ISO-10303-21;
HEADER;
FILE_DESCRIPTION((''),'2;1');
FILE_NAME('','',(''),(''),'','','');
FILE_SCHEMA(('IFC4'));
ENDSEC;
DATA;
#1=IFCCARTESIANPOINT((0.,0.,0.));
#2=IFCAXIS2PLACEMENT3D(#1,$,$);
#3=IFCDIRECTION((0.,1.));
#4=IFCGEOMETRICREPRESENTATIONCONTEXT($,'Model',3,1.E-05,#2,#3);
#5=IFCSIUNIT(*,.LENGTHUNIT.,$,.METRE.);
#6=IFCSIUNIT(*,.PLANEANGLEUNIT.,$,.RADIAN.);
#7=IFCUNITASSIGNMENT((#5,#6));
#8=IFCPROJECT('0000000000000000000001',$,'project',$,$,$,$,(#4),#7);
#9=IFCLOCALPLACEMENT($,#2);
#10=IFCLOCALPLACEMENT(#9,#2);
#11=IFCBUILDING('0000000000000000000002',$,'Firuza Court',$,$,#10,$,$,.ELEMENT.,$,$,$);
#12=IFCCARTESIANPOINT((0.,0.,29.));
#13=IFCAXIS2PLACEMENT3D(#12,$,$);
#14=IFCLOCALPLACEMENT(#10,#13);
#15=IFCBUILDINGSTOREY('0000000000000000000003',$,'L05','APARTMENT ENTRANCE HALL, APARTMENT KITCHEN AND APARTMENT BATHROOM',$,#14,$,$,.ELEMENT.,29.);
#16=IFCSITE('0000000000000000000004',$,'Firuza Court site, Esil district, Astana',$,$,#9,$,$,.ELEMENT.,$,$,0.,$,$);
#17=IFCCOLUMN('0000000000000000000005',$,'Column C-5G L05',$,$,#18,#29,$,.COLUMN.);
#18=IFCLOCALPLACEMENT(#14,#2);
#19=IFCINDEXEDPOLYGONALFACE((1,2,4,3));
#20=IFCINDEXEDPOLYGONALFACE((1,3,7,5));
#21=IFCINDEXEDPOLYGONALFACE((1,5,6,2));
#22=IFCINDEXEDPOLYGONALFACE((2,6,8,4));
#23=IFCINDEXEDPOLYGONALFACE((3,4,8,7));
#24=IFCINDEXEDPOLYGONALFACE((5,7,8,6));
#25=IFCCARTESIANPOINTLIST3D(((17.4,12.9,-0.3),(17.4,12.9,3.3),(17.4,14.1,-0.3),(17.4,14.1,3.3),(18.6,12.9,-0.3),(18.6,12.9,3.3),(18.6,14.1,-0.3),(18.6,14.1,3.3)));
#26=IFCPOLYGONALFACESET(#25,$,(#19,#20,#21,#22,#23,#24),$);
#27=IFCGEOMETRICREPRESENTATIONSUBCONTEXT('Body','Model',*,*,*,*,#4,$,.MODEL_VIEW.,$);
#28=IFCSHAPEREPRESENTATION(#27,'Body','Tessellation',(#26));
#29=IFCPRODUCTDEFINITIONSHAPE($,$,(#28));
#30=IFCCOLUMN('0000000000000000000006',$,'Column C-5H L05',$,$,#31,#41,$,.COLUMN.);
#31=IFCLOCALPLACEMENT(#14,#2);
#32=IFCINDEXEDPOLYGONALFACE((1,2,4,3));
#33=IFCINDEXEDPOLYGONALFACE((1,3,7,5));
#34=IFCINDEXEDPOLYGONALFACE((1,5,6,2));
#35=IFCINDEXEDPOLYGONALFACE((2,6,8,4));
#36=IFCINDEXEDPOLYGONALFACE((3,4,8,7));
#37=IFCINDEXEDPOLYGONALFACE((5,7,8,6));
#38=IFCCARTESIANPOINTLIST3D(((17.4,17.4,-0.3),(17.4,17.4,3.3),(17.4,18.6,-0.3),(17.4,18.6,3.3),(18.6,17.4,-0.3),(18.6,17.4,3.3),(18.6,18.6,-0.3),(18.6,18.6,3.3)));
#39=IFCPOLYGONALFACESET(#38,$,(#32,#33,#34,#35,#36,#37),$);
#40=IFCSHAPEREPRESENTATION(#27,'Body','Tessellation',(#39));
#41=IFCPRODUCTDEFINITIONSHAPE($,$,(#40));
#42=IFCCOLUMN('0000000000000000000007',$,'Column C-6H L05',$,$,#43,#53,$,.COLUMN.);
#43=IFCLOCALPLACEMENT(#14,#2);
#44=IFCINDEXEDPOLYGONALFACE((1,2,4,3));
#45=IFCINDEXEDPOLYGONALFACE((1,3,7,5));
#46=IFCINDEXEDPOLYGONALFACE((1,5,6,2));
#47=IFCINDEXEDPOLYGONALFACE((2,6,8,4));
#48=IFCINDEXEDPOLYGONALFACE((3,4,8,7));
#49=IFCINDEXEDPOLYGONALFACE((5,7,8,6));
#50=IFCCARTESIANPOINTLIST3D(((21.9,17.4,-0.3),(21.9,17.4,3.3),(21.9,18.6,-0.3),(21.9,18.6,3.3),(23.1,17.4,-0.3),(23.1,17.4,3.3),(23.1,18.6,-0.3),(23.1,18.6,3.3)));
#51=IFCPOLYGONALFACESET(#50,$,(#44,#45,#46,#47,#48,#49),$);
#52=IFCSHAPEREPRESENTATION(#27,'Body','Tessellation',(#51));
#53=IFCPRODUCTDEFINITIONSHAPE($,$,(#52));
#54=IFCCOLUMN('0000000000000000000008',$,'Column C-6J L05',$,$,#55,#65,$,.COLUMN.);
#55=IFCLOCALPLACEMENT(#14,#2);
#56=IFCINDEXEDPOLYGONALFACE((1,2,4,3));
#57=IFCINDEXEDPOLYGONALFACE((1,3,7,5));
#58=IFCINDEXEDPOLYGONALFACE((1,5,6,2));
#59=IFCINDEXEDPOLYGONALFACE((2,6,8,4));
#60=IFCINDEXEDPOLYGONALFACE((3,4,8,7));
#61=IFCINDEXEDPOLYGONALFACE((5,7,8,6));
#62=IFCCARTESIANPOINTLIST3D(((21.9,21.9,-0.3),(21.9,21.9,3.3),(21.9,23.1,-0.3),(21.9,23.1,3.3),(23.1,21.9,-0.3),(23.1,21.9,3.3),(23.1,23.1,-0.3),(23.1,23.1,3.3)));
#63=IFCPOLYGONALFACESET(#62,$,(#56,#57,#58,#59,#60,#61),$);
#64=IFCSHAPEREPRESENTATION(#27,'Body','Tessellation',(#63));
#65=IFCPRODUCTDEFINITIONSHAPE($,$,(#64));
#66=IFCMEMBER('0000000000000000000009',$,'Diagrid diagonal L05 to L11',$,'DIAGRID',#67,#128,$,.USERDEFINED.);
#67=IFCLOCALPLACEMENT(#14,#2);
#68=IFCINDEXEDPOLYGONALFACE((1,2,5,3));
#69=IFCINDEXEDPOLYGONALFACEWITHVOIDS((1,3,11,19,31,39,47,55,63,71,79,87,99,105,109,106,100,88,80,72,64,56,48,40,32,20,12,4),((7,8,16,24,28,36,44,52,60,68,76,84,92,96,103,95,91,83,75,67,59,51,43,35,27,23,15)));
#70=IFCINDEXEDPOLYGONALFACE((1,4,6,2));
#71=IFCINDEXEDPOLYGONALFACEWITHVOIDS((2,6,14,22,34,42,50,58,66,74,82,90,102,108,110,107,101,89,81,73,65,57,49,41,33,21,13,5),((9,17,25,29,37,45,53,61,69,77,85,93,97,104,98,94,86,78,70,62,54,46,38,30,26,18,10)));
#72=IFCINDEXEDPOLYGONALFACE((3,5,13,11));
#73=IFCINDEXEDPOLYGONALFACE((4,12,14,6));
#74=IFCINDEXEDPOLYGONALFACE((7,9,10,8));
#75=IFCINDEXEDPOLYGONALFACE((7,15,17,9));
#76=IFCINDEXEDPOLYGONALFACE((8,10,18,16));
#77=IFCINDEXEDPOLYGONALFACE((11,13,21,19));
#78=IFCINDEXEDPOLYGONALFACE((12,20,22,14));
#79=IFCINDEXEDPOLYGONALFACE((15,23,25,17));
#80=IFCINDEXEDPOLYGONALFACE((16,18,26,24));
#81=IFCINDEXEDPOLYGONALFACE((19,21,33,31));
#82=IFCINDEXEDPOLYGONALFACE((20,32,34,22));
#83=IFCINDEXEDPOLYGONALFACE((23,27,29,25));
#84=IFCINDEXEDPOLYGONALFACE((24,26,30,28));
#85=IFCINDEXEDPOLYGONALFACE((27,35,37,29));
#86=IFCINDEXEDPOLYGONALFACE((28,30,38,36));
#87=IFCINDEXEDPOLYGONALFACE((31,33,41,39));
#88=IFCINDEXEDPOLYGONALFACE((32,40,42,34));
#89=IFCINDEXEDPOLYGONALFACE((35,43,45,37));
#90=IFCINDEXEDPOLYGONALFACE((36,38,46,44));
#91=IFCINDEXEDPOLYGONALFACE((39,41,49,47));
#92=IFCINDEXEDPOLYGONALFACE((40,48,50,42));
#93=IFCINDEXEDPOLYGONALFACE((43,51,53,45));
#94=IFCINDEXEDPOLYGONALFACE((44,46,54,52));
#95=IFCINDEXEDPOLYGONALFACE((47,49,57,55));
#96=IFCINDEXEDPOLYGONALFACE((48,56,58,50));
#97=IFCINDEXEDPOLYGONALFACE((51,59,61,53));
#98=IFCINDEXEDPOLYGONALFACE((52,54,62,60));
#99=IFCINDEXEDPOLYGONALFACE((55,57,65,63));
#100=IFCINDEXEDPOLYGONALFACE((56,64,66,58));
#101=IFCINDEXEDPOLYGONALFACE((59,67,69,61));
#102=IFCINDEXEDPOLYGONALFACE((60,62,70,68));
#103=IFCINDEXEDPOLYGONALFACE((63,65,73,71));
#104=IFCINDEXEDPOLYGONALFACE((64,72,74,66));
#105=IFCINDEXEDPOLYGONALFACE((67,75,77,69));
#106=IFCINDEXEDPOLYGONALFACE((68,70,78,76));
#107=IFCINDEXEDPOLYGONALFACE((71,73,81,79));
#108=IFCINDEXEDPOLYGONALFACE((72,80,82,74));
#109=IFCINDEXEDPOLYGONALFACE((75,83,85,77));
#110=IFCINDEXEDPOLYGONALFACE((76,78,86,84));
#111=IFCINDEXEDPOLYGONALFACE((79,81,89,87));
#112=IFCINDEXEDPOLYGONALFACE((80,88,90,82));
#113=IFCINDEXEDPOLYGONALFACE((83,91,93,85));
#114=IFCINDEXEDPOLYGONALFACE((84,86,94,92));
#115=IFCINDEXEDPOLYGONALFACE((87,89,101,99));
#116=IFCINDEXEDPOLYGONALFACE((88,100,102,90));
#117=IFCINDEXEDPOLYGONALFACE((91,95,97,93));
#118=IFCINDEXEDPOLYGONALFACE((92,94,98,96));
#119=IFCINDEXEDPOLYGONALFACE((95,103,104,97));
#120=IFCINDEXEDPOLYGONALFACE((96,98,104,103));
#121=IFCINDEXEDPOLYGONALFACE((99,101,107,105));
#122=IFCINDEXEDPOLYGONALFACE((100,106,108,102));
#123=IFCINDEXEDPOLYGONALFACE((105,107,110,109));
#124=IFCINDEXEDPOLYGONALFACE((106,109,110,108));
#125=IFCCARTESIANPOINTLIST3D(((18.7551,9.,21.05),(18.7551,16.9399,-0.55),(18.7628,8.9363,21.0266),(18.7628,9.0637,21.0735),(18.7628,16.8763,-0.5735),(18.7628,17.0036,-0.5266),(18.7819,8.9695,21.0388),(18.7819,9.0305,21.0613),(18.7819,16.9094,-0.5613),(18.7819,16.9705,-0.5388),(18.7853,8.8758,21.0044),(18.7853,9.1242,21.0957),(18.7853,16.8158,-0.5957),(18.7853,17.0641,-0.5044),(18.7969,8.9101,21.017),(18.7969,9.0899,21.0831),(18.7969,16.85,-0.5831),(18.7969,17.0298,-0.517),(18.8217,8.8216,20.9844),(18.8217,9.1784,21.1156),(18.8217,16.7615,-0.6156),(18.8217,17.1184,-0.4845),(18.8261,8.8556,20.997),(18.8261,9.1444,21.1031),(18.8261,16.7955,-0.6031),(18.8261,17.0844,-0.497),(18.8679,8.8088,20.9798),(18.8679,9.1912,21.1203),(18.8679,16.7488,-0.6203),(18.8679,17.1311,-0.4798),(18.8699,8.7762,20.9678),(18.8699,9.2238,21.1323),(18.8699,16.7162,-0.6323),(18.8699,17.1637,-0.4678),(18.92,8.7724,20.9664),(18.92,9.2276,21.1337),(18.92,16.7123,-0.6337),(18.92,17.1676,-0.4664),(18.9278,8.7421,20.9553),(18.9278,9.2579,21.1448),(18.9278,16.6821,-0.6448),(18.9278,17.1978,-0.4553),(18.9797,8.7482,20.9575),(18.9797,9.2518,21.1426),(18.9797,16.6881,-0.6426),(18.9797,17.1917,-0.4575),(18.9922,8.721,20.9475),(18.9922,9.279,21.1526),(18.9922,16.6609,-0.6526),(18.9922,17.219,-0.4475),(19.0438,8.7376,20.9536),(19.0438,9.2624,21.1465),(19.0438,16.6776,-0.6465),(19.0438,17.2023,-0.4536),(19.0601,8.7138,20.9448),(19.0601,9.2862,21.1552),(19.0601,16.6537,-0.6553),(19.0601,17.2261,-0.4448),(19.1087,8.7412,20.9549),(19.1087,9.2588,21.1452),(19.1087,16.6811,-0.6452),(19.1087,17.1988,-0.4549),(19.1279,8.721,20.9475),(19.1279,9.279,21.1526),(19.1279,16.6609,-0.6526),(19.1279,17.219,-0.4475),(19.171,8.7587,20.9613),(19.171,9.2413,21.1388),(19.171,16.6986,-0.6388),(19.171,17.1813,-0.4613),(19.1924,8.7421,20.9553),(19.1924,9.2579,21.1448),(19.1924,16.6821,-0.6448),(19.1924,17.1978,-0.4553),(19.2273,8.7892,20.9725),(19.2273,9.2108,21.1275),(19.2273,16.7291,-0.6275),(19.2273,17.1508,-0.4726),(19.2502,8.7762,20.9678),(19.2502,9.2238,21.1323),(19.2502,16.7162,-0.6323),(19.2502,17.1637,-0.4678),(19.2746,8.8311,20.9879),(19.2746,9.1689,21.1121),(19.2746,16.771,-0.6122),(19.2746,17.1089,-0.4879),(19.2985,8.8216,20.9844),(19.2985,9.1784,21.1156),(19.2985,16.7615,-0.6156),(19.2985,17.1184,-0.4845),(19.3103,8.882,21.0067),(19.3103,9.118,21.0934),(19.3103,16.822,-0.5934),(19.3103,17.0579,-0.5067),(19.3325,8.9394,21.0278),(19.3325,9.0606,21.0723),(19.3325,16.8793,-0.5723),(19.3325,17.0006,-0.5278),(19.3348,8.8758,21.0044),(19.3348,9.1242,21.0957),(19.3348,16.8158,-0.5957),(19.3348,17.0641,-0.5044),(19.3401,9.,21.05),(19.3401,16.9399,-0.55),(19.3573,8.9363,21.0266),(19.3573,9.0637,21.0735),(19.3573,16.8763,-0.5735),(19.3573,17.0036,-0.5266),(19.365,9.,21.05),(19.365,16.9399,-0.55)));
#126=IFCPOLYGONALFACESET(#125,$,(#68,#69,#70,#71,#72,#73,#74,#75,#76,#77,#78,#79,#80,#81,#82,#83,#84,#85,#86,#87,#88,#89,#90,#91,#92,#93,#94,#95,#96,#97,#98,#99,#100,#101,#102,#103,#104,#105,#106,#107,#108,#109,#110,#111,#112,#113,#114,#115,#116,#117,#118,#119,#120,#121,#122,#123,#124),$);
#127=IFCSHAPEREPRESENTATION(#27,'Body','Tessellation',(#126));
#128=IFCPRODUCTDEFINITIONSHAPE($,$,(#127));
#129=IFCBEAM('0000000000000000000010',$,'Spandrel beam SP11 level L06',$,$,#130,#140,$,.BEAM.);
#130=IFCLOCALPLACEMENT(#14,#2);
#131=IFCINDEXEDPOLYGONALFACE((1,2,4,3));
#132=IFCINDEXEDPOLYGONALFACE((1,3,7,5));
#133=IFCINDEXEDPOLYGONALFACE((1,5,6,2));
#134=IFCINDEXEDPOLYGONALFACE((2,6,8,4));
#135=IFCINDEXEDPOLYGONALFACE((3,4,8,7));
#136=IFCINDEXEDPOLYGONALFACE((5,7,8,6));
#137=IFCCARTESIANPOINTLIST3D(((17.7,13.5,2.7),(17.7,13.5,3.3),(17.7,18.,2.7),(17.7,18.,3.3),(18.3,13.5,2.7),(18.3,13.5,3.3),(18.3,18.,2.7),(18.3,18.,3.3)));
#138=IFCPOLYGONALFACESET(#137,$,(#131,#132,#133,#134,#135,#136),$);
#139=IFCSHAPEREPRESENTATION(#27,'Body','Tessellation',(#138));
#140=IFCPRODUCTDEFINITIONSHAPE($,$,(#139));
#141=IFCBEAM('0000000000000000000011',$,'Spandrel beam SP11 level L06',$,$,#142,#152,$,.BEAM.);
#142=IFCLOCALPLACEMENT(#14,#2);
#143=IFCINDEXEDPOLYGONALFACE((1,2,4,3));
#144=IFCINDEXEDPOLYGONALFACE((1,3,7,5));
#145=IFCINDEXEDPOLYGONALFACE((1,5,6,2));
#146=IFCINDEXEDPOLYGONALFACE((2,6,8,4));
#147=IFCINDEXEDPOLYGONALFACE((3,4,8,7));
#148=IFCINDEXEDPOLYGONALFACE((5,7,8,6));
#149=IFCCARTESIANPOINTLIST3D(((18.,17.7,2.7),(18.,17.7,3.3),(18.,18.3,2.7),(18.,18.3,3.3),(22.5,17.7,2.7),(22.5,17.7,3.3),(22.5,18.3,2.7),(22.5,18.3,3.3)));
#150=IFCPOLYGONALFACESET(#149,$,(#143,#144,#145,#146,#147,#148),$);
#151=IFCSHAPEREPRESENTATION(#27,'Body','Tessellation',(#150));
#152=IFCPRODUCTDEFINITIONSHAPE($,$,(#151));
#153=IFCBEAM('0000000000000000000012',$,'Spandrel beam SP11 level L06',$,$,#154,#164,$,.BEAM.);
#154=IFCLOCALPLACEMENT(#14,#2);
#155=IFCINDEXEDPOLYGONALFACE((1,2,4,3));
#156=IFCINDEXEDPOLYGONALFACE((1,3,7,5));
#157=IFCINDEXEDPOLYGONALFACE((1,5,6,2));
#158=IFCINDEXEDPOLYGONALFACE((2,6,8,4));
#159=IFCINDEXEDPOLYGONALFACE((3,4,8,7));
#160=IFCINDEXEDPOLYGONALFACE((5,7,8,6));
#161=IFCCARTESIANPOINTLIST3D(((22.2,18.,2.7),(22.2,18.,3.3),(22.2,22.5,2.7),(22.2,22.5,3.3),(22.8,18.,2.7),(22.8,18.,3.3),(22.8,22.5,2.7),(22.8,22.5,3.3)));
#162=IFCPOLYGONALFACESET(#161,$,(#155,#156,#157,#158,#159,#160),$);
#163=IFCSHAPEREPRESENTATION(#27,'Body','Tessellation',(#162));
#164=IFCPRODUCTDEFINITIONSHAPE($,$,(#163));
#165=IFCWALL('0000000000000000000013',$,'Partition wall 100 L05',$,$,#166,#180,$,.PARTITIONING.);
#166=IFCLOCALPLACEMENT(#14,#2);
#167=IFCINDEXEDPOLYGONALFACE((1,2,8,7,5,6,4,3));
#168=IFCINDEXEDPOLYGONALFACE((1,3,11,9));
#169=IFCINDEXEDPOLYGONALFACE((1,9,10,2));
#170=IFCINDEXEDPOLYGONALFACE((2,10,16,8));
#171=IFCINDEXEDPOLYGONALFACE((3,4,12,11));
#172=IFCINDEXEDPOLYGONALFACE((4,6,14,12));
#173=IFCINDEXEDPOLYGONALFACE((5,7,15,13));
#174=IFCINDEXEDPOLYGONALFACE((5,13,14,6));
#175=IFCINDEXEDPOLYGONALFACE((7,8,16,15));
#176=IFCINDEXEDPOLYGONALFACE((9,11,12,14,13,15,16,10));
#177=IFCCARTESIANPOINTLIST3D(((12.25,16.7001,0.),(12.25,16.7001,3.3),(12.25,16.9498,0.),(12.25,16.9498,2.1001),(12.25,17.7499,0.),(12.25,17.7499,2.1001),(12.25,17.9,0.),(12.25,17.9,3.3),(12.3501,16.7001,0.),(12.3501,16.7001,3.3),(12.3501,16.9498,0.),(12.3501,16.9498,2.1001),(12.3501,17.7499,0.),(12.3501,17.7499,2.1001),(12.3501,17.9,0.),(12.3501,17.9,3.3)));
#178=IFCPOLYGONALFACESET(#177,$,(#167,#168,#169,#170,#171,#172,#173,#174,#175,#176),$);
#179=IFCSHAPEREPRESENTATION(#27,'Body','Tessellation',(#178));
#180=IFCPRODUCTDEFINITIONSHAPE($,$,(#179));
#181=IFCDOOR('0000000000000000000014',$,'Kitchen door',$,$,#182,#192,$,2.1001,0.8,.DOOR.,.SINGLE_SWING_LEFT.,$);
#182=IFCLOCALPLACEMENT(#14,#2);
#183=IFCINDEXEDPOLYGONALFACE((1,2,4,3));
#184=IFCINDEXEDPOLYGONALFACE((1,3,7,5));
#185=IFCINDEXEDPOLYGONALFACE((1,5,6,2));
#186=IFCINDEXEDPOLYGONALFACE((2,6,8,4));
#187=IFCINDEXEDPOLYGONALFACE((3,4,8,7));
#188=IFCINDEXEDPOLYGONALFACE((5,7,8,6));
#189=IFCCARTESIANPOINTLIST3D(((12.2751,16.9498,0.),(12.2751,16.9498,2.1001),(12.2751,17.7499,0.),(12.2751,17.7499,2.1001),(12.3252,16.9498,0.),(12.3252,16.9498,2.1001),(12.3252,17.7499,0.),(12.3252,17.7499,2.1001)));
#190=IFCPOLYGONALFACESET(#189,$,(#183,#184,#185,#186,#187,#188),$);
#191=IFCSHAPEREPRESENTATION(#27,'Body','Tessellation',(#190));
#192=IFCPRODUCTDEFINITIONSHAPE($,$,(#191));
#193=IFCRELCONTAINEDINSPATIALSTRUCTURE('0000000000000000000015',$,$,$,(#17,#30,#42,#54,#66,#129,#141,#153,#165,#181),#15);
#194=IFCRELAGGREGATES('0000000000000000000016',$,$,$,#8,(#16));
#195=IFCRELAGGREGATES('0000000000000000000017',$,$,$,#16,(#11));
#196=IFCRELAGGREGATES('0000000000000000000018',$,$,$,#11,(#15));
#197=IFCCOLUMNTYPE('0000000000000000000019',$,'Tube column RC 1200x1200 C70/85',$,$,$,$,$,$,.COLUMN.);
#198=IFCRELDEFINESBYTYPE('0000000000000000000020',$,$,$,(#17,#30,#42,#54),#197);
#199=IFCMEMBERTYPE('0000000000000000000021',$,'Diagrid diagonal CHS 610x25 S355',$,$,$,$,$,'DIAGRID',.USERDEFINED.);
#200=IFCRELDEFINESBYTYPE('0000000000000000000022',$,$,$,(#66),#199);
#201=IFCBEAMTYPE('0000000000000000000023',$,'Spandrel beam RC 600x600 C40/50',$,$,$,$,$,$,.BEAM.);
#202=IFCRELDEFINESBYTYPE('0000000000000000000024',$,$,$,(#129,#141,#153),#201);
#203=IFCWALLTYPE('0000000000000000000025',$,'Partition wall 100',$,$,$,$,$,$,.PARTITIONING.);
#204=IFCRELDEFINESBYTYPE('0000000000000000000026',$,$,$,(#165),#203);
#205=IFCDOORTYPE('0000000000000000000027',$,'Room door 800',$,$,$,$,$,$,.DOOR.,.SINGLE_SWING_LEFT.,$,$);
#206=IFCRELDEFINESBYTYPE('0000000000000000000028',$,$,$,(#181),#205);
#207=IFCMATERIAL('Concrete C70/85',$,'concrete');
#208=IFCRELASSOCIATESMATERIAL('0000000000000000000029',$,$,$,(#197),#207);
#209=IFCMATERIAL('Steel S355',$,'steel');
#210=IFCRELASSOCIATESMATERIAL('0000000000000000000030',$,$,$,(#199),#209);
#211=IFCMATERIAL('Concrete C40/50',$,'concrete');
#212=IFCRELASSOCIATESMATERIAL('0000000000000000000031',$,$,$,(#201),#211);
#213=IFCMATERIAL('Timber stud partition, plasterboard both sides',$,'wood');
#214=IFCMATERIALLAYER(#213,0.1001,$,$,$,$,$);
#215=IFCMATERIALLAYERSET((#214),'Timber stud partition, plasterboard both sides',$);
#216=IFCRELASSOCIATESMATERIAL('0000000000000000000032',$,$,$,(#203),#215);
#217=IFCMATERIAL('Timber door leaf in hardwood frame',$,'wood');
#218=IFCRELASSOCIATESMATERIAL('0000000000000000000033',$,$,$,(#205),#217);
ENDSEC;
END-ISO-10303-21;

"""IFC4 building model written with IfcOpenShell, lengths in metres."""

from ifc_helpers import new_model, si_unit, direction, frame, frame_2d, origin, origin_2d, place, context, subcontext, project, spatial, rectangle, hollow_circle, extrude, material, layer, layer_set, material_profile, profile_set, type_object, element, fill, save


model = new_model("IFC4")

# Units and contexts
model_context = context("Model", 3, precision=1e-05, world=origin(), true_north=direction((0.0, 1.0)))
body_context = subcontext(model_context, "Body", "Model", "MODEL_VIEW")
ifc_project = project(units=[si_unit("LENGTHUNIT", "METRE"), si_unit("PLANEANGLEUNIT", "RADIAN")], contexts=[model_context])

# Site, building, storey
site_placement = place(None, origin())
site = spatial("IfcSite", under=ifc_project, at=site_placement, Name="Firuza Court site, Esil district, Astana", CompositionType="ELEMENT", RefElevation=0.0)
building_placement = place(site_placement, origin())
building = spatial("IfcBuilding", under=site, at=building_placement, Name="Firuza Court", CompositionType="ELEMENT")
storey_placement = place(building_placement, frame((0.0, 0.0, 29.0)))
storey = spatial("IfcBuildingStorey", under=building, at=storey_placement, Name="L05", Description="APARTMENT ENTRANCE HALL, APARTMENT KITCHEN AND APARTMENT BATHROOM", CompositionType="ELEMENT", Elevation=29.0)

# Columns
ifc_material_1 = material(Name="Concrete C70/85", Category="concrete")
ifc_material_profile_1 = material_profile(ifc_material_1, rectangle(XDim=1.2, YDim=1.2, at=origin_2d()), Name="RC 1200x1200")
ifc_profile_set_1 = profile_set([ifc_material_profile_1], Name="Concrete C70/85")
column_type = type_object("IfcColumnType", Name="Tube column RC 1200x1200 C70/85", PredefinedType="COLUMN", material=ifc_profile_set_1)
for number, where, z_axis, x_axis, name in (
    (1, (18.0, 13.5, -0.3), (0.0, 0.0, 1.0), (1.0, 0.0, 0.0), "Column C-5G L05"),
    (2, (18.0, 18.0, -0.3), (0.0, 0.0, 1.0), (1.0, 0.0, 0.0), "Column C-5H L05"),
    (3, (22.5, 18.0, -0.3), (0.0, 0.0, 1.0), (1.0, 0.0, 0.0), "Column C-6H L05"),
    (4, (22.5, 22.5, -0.3), (0.0, 0.0, 1.0), (1.0, 0.0, 0.0), "Column C-6J L05"),
):
    element("IfcColumn", number, at=place(storey_placement, frame(where, z_axis=z_axis, x_axis=x_axis)), inside=storey, type_object=column_type, Name=name, PredefinedType="COLUMN", context=body_context, shape_type="SweptSolid", body=[
        extrude(rectangle(XDim=1.2, YDim=1.2, at=origin_2d()), origin(), (0.0, 0.0, 1.0), 3.6001),
    ])

# Member
ifc_material_2 = material(Name="Steel S355", Category="steel")
ifc_material_profile_2 = material_profile(ifc_material_2, hollow_circle(Radius=0.3049, WallThickness=0.0249, at=origin_2d()), Name="CHS 610x25")
ifc_profile_set_2 = profile_set([ifc_material_profile_2], Name="Steel S355")
member_type = type_object("IfcMemberType", Name="Diagrid diagonal CHS 610x25 S355", ElementType="DIAGRID", PredefinedType="USERDEFINED", material=ifc_profile_set_2)
member_placement = place(storey_placement, frame((19.0601, 16.9399, -0.55), z_axis=(0.0, -0.345017, 0.938596), x_axis=(1.0, 0.0, 0.0)))
element("IfcMember", 5, at=member_placement, inside=storey, type_object=member_type, Name="Diagrid diagonal L05 to L11", ObjectType="DIAGRID", PredefinedType="USERDEFINED", context=body_context, shape_type="SweptSolid", body=[
    extrude(hollow_circle(Radius=0.3049, WallThickness=0.0249, at=origin_2d()), origin(), (0.0, 0.0, 1.0), 23.0132),
])

# Beams
ifc_material_3 = material(Name="Concrete C40/50", Category="concrete")
ifc_material_profile_3 = material_profile(ifc_material_3, rectangle(XDim=0.6001, YDim=0.6001, at=origin_2d()), Name="RC 600x600")
ifc_profile_set_3 = profile_set([ifc_material_profile_3], Name="Concrete C40/50")
beam_type = type_object("IfcBeamType", Name="Spandrel beam RC 600x600 C40/50", PredefinedType="BEAM", material=ifc_profile_set_3)
for number, where, z_axis, x_axis, name in (
    (6, (18.0, 13.5, 3.0), (0.0, 1.0, 0.0), (-1.0, 0.0, 0.0), "Spandrel beam SP11 level L06"),
    (7, (18.0, 18.0, 3.0), (1.0, 0.0, 0.0), (0.0, 1.0, 0.0), "Spandrel beam SP11 level L06"),
    (8, (22.5, 18.0, 3.0), (0.0, 1.0, 0.0), (-1.0, 0.0, 0.0), "Spandrel beam SP11 level L06"),
):
    element("IfcBeam", number, at=place(storey_placement, frame(where, z_axis=z_axis, x_axis=x_axis)), inside=storey, type_object=beam_type, Name=name, PredefinedType="BEAM", context=body_context, shape_type="SweptSolid", body=[
        extrude(rectangle(XDim=0.6001, YDim=0.6001, at=origin_2d()), origin(), (0.0, 0.0, 1.0), 4.5),
    ])

# Wall, opening, door
ifc_material_4 = material(Name="Timber stud partition, plasterboard both sides", Category="wood")
ifc_layer_1 = layer(ifc_material_4, 0.1001)
ifc_layer_set_1 = layer_set([ifc_layer_1], Name="Timber stud partition, plasterboard both sides")
wall_type_1 = type_object("IfcWallType", Name="Partition wall 100", PredefinedType="PARTITIONING", material=ifc_layer_set_1)
wall_1_placement = place(storey_placement, frame((12.3, 16.7, 0.0), z_axis=(0.0, 0.0, 1.0), x_axis=(0.0, 1.0, 0.0)))
wall_1 = element("IfcWall", 9, at=wall_1_placement, inside=storey, type_object=wall_type_1, Name="Partition wall 100 L05", PredefinedType="PARTITIONING", context=body_context, shape_type="SweptSolid", body=[
    extrude(rectangle(XDim=1.2, YDim=0.1001, at=frame_2d((0.6001, 0.0))), origin(), (0.0, 0.0, 1.0), 3.3),
])
opening_1_placement = place(wall_1_placement, frame((0.25, 0.0, 0.0)))
opening_1 = element("IfcOpeningElement", 10, at=opening_1_placement, cuts=wall_1, PredefinedType="OPENING", context=body_context, shape_type="SweptSolid", body=[
    extrude(rectangle(XDim=0.8, YDim=2.1001, at=frame_2d((0.3999, 1.05))), frame((0.0, 0.062, 0.0), z_axis=(0.0, -1.0, 0.0), x_axis=(1.0, 0.0, 0.0)), (0.0, 0.0, 1.0), 0.124),
])
ifc_material_5 = material(Name="Timber door leaf in hardwood frame", Category="wood")
door_type_1 = type_object("IfcDoorType", Name="Room door 800", OperationType="SINGLE_SWING_LEFT", PredefinedType="DOOR", material=ifc_material_5)
door_1_placement = place(opening_1_placement, origin())
door_1 = element("IfcDoor", 11, at=door_1_placement, inside=storey, type_object=door_type_1, Name="Kitchen door", OperationType="SINGLE_SWING_LEFT", OverallHeight=2.1001, OverallWidth=0.8, PredefinedType="DOOR", context=body_context, shape_type="SweptSolid", body=[
    extrude(rectangle(XDim=0.8, YDim=2.1001, at=frame_2d((0.3999, 1.05))), frame((0.0, 0.0249, 0.0), z_axis=(0.0, -1.0, 0.0), x_axis=(1.0, 0.0, 0.0)), (0.0, 0.0, 1.0), 0.05),
])
fill(opening_1, door_1)

save(model, "model.ifc")
